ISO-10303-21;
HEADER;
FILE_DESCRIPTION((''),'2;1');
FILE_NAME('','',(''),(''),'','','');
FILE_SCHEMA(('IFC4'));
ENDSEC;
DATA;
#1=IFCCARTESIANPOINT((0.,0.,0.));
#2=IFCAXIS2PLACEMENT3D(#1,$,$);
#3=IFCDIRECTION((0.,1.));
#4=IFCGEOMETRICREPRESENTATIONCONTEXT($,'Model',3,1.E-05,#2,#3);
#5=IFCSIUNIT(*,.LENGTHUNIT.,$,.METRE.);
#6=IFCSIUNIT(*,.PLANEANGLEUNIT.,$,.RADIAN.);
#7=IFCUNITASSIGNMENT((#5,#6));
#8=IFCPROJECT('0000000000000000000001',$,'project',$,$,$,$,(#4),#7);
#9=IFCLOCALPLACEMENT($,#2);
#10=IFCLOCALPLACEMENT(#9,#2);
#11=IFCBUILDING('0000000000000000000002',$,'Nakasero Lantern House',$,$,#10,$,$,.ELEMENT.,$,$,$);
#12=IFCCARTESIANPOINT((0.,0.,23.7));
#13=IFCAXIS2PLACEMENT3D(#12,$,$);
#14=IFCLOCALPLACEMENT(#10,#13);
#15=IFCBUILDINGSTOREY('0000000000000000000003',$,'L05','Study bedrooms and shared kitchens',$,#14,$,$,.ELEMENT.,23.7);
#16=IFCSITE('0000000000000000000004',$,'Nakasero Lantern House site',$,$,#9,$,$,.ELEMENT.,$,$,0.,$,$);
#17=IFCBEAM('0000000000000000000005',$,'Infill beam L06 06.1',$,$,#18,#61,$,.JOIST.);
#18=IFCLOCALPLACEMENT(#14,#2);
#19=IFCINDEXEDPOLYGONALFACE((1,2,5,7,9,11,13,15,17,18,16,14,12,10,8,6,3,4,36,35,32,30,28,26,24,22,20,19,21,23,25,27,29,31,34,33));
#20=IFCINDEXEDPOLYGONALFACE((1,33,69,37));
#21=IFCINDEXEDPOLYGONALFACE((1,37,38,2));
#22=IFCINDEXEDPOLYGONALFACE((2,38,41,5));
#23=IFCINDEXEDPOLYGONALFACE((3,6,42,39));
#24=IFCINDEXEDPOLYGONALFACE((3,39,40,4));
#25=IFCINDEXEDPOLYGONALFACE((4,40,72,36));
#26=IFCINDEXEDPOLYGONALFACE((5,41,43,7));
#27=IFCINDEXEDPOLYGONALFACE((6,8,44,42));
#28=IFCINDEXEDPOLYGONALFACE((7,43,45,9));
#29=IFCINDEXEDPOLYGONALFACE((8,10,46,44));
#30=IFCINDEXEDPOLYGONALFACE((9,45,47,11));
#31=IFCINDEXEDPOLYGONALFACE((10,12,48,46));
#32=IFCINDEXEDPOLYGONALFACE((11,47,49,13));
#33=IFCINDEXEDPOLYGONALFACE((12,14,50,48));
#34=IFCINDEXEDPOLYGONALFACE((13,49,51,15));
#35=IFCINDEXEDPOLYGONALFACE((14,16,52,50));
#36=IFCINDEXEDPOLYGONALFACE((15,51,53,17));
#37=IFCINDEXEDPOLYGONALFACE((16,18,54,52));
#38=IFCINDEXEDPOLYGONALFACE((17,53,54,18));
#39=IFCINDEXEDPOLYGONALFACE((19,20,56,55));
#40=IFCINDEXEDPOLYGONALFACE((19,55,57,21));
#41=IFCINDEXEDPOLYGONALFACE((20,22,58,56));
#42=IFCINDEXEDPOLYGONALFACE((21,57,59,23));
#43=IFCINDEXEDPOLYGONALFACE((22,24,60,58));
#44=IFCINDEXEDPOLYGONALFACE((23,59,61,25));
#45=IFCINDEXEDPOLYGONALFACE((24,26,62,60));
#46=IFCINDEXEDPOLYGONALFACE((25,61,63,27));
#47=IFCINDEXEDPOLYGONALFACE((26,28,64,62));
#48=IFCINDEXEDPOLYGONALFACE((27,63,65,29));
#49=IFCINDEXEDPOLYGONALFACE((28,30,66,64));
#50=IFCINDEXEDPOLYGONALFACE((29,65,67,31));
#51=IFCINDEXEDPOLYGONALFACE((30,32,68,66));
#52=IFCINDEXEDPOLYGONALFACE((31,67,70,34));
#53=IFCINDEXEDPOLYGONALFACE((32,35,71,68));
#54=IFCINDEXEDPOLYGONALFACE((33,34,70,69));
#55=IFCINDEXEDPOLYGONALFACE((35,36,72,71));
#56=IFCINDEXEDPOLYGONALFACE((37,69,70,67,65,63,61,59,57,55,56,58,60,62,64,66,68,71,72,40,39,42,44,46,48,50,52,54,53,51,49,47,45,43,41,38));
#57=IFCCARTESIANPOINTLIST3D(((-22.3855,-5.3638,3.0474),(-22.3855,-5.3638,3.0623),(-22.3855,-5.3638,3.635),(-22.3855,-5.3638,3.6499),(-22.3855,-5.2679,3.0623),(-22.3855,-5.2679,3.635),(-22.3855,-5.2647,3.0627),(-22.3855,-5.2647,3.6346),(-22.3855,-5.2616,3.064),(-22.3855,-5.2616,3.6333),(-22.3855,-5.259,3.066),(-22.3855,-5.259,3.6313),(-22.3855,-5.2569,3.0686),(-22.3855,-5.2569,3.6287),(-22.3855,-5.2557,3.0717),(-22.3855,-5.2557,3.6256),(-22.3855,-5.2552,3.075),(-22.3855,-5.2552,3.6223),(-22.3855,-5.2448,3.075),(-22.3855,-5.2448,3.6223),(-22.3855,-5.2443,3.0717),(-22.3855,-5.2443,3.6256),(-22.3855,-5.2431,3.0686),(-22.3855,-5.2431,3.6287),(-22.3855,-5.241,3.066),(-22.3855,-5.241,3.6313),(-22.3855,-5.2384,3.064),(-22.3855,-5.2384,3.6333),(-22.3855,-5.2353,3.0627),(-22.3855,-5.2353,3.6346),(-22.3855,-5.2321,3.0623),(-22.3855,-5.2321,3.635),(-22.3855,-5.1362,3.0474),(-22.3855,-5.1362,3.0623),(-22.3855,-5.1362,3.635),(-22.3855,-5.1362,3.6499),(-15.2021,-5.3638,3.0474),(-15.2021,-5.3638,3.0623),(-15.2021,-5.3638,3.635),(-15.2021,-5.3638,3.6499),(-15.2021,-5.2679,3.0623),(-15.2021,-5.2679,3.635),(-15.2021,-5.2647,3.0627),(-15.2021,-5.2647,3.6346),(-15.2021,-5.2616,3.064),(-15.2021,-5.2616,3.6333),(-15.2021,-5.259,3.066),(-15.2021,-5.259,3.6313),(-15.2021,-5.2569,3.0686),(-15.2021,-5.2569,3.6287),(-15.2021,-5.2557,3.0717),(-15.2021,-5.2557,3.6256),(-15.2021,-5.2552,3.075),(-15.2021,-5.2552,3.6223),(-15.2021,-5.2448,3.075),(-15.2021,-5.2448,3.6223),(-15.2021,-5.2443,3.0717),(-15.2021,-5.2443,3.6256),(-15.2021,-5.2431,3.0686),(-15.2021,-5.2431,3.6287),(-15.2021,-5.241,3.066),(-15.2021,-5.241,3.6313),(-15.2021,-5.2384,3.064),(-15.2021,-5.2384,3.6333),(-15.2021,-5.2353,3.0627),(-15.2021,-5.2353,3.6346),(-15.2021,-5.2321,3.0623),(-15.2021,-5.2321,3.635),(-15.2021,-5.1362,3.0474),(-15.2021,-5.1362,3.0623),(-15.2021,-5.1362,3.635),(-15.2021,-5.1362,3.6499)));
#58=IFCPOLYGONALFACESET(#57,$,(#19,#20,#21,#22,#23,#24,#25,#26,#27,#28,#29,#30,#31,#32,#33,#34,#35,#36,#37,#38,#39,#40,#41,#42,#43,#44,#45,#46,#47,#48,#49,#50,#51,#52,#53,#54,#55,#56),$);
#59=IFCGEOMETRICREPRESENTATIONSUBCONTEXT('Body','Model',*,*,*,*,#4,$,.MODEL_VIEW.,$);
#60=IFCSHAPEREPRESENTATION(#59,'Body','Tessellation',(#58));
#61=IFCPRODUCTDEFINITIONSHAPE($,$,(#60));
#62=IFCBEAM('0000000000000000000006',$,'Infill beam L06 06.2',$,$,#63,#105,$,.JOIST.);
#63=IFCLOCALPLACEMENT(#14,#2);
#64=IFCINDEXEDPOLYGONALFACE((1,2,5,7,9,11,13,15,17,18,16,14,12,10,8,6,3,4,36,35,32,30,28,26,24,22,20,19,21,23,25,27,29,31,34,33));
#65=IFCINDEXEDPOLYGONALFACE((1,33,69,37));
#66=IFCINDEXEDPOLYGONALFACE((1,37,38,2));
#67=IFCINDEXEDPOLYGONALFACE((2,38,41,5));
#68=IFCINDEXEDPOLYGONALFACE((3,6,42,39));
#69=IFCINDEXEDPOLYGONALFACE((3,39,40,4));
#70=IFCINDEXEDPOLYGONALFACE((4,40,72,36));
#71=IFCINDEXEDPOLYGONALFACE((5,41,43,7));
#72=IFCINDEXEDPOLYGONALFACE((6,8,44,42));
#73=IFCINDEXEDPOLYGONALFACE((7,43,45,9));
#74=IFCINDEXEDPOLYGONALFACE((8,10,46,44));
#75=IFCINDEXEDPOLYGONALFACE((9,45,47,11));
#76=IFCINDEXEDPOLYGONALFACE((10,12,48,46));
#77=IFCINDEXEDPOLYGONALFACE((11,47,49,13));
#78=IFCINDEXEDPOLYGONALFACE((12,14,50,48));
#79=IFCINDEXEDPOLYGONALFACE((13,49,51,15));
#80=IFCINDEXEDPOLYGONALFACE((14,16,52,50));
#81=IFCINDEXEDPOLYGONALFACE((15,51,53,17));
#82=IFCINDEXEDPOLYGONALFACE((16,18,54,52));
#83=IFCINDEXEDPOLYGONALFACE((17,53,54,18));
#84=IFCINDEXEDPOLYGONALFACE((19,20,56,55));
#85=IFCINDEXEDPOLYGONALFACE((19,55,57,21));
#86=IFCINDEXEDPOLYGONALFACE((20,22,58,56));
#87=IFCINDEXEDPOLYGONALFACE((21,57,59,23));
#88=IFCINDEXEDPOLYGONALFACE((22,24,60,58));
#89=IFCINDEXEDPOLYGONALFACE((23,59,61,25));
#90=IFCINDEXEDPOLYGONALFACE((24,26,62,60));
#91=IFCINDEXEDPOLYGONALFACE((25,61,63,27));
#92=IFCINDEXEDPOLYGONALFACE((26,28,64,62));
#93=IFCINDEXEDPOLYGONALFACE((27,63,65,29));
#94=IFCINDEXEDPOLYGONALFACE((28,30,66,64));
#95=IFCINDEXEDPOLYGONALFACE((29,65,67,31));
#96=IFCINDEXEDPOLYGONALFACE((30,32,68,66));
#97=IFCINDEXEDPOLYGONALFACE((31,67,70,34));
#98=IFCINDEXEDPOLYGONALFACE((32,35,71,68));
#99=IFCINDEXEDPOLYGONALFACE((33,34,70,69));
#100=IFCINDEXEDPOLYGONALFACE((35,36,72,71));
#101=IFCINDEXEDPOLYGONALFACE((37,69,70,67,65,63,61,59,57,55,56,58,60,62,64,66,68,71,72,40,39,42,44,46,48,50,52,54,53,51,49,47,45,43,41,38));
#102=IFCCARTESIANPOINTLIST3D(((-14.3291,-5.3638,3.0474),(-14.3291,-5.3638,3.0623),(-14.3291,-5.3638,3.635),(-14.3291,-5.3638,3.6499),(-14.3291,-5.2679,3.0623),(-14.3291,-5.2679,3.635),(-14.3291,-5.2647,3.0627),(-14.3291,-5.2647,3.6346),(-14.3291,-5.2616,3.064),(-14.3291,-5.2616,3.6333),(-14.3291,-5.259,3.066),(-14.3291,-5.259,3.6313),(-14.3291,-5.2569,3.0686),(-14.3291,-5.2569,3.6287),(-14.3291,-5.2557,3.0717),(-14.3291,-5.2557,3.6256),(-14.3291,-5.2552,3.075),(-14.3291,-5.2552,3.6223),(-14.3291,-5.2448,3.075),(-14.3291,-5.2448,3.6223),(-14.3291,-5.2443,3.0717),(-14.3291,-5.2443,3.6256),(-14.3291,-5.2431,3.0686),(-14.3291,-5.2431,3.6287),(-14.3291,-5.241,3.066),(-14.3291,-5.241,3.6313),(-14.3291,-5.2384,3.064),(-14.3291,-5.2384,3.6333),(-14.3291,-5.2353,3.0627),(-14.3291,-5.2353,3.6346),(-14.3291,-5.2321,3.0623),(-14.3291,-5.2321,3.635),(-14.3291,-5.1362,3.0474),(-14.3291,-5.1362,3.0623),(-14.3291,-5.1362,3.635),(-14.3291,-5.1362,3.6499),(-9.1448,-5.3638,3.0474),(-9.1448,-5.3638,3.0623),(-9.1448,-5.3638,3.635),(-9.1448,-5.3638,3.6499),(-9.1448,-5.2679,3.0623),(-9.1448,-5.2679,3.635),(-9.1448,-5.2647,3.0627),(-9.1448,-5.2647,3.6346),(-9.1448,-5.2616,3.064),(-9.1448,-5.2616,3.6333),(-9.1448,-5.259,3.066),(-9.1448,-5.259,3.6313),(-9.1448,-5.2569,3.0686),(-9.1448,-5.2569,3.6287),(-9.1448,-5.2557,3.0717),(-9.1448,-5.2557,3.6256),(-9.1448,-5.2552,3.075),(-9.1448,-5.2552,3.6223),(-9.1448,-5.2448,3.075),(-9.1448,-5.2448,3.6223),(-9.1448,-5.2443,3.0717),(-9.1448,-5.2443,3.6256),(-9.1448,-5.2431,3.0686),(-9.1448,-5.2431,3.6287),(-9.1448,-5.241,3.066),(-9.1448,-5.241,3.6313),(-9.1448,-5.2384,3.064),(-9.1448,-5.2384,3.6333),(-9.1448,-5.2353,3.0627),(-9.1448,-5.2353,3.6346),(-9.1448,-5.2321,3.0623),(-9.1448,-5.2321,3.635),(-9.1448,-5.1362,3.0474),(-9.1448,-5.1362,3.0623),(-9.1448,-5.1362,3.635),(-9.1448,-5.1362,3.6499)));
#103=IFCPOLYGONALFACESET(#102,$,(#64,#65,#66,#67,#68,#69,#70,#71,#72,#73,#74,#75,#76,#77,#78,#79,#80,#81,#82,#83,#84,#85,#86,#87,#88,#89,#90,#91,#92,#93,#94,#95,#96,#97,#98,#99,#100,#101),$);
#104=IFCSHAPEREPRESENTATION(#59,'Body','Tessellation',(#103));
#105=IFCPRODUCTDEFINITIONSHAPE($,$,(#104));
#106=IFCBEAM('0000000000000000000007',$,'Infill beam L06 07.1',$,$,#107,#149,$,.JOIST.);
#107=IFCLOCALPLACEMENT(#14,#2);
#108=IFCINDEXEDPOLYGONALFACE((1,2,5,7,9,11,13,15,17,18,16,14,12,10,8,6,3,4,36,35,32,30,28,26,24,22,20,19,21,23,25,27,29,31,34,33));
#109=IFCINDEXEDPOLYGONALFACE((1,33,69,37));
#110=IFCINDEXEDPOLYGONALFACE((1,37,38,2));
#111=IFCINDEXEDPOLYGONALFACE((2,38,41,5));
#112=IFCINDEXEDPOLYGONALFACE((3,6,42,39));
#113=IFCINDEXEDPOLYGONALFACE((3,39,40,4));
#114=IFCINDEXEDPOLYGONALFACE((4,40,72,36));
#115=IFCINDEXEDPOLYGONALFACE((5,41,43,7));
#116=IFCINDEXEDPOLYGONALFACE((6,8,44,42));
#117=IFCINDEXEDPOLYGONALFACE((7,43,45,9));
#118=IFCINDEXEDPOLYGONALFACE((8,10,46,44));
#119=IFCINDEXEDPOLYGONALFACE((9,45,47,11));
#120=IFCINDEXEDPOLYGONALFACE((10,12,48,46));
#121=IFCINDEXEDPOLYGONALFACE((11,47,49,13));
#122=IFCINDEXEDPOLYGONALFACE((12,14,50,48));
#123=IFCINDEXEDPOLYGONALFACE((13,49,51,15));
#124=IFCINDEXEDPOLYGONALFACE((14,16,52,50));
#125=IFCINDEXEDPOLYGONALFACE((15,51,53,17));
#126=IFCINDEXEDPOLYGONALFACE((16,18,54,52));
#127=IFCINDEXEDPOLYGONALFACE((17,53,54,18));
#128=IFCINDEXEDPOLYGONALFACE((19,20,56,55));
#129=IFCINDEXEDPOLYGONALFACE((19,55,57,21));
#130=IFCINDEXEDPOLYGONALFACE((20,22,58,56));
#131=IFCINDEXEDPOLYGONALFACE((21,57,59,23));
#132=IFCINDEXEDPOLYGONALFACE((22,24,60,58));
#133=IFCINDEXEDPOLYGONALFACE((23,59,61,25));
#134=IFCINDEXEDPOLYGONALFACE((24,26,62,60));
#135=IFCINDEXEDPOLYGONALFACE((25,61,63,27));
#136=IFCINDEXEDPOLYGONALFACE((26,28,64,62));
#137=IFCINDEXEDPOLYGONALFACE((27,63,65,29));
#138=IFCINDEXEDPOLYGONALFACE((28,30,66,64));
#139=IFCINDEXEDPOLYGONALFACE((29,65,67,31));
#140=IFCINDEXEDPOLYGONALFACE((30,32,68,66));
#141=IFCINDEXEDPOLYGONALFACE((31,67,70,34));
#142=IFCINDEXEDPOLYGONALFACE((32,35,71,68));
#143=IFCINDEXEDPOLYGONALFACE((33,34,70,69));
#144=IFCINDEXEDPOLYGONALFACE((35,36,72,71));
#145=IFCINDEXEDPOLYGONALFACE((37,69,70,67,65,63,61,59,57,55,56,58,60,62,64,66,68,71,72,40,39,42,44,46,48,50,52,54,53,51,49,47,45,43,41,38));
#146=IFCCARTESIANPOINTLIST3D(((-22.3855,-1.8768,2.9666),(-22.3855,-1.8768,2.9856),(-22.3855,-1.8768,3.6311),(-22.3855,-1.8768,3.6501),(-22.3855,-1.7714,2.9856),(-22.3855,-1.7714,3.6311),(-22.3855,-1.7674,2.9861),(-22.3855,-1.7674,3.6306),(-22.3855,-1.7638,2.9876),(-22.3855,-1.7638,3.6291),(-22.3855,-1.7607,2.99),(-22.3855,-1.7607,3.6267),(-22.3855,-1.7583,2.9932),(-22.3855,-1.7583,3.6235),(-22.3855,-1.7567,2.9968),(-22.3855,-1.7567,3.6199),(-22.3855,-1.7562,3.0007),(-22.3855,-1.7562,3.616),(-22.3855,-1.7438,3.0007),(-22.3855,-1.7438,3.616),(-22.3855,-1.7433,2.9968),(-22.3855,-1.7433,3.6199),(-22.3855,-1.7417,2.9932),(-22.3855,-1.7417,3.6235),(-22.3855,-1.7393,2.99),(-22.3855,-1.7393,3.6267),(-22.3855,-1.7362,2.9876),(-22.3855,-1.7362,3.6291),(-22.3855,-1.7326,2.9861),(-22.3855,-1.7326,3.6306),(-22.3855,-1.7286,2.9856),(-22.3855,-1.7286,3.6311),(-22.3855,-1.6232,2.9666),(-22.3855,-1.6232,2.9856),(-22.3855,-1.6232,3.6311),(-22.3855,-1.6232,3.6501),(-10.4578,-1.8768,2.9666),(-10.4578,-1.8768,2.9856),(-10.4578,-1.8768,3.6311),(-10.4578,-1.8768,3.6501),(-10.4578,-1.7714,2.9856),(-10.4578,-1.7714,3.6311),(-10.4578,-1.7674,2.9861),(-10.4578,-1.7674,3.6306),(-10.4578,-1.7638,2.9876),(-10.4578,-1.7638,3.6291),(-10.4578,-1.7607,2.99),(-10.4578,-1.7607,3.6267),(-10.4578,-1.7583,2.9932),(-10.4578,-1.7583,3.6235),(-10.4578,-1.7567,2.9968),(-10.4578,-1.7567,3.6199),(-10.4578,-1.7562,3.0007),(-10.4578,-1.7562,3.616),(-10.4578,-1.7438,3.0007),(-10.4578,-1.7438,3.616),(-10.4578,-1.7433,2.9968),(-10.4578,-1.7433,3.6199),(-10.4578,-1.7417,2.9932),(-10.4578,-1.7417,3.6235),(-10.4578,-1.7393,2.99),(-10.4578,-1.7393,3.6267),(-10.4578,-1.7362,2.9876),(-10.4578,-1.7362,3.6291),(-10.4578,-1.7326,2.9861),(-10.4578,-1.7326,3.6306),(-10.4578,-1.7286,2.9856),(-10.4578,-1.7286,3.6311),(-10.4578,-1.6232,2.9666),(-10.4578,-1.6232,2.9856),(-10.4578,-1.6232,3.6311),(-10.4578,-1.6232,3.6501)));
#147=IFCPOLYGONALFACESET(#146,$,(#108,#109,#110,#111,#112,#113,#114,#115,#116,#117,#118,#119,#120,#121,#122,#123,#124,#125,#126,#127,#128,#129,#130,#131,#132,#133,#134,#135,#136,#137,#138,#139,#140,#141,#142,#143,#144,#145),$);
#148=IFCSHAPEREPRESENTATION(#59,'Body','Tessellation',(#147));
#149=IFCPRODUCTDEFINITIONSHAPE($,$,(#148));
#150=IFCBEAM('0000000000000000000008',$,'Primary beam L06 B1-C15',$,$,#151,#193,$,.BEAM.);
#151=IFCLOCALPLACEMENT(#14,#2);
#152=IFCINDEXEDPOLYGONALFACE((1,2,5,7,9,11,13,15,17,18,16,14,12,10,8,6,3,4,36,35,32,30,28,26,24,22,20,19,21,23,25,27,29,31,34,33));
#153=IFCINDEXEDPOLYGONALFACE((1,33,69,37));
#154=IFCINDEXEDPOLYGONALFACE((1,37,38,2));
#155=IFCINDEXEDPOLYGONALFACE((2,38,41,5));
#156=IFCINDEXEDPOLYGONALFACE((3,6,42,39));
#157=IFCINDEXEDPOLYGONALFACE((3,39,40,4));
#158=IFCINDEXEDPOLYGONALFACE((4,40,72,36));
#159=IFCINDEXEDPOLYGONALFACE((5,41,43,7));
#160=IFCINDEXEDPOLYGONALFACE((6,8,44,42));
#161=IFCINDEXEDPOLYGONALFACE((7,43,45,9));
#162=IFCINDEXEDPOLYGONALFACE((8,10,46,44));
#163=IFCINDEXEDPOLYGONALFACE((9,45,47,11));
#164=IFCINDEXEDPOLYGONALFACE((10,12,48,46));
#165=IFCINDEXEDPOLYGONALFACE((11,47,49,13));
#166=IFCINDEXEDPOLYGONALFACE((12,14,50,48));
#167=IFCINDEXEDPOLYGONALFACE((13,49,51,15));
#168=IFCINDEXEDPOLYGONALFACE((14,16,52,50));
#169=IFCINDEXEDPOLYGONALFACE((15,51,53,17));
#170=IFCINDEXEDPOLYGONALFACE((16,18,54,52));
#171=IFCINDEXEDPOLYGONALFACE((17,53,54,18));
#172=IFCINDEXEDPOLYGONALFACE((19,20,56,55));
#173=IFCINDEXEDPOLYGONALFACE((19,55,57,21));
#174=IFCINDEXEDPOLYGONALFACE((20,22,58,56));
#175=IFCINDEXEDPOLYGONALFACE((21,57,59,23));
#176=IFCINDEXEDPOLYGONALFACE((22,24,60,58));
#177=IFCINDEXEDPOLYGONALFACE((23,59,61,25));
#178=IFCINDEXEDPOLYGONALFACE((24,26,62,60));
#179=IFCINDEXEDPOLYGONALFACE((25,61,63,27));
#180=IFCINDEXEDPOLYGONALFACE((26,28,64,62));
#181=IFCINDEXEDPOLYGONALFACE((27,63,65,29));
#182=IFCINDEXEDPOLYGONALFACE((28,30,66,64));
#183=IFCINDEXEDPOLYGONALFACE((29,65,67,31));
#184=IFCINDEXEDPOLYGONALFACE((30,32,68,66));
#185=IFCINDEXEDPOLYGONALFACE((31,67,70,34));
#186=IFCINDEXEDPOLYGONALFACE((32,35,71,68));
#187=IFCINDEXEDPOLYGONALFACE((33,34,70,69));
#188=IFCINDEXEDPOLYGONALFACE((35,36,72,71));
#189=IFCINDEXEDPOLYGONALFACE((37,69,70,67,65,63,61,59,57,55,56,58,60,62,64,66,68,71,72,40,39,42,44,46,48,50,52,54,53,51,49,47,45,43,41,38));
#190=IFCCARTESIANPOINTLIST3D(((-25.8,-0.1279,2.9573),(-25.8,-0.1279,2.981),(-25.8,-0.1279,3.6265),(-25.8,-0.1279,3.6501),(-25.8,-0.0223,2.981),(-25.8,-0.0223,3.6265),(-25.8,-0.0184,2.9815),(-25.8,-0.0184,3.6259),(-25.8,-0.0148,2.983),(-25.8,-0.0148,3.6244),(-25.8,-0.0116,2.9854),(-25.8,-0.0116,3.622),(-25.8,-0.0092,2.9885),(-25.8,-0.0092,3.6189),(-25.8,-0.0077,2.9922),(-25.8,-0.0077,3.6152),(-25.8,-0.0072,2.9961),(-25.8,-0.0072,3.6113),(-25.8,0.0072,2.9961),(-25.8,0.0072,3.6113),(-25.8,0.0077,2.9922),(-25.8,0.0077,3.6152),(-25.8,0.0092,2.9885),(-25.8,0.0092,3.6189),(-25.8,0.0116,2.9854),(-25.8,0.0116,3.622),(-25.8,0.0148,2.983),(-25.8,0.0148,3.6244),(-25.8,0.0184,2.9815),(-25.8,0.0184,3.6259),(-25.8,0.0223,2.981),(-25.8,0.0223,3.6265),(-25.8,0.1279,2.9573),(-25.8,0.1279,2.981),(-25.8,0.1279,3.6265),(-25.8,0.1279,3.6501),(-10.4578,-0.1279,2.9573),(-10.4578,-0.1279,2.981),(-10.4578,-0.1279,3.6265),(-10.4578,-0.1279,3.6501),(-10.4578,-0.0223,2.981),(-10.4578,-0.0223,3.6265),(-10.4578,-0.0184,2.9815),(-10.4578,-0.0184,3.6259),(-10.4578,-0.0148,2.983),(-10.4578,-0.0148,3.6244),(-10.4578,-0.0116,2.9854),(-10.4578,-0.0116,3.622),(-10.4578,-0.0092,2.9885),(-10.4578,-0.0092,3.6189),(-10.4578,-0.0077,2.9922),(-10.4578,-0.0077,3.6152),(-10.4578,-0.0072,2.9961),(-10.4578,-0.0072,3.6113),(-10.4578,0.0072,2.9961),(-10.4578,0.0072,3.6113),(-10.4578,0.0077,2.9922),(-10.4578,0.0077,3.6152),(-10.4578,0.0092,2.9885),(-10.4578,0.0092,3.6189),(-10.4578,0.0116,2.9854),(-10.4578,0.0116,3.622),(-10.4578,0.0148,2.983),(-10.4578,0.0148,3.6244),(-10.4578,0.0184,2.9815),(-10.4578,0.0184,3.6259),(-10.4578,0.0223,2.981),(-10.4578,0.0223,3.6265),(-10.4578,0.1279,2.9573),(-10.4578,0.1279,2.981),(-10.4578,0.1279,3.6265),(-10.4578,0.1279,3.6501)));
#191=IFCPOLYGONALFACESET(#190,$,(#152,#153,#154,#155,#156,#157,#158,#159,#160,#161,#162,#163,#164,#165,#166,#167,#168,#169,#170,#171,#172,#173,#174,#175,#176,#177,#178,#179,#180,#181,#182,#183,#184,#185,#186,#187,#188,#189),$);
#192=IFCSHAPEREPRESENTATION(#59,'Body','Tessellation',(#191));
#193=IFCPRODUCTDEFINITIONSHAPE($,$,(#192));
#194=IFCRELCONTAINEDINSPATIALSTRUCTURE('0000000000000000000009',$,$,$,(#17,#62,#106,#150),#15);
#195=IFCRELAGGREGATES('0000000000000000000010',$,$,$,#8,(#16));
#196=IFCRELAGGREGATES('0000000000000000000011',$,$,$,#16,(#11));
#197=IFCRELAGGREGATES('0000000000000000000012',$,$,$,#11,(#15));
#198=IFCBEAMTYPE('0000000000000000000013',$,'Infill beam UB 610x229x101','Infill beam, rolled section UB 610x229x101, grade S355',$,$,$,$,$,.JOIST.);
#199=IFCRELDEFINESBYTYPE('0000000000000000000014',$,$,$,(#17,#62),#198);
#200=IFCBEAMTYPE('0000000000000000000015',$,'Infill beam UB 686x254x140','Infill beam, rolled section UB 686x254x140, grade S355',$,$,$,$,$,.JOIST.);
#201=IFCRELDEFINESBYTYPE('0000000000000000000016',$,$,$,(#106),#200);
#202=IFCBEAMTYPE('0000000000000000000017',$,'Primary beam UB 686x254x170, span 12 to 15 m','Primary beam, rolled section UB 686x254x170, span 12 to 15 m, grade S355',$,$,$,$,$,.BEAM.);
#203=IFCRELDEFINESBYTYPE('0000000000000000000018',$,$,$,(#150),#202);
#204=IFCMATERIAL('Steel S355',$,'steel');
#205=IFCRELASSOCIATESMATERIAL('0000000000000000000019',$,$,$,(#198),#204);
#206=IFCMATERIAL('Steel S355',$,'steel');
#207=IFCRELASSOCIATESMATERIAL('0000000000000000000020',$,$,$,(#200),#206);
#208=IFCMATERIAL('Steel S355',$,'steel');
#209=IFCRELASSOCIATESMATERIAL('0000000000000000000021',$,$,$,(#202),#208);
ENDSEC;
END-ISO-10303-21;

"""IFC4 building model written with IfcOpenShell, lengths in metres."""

from ifc_helpers import new_model, si_unit, direction, frame, origin, origin_2d, place, context, subcontext, project, spatial, i_section, extrude, material, material_profile, profile_set, type_object, element, save


model = new_model("IFC4")

# Units and contexts
model_context = context("Model", 3, precision=1e-05, world=origin(), true_north=direction((0.0, 1.0)))
body_context = subcontext(model_context, "Body", "Model", "MODEL_VIEW")
ifc_project = project(units=[si_unit("LENGTHUNIT", "METRE"), si_unit("PLANEANGLEUNIT", "RADIAN")], contexts=[model_context])

# Site, building, storey
site_placement = place(None, origin())
site = spatial("IfcSite", under=ifc_project, at=site_placement, Name="Nakasero Lantern House site", CompositionType="ELEMENT", RefElevation=0.0)
building_placement = place(site_placement, origin())
building = spatial("IfcBuilding", under=site, at=building_placement, Name="Nakasero Lantern House", CompositionType="ELEMENT")
storey_placement = place(building_placement, frame((0.0, 0.0, 23.7)))
storey = spatial("IfcBuildingStorey", under=building, at=storey_placement, Name="L05", Description="Study bedrooms and shared kitchens", CompositionType="ELEMENT", Elevation=23.7)

# Beams
ifc_material_1 = material(Name="Steel S355", Category="steel")
ifc_material_profile_1 = material_profile(ifc_material_1, i_section(OverallWidth=0.2275, OverallDepth=0.6025, WebThickness=0.0105, FlangeThickness=0.0149, FilletRadius=0.0127, at=origin_2d()), Name="UB 610x229x101")
ifc_profile_set_1 = profile_set([ifc_material_profile_1], Name="Steel S355")
beam_type_1 = type_object("IfcBeamType", Name="Infill beam UB 610x229x101", Description="Infill beam, rolled section UB 610x229x101, grade S355", PredefinedType="JOIST", material=ifc_profile_set_1)
beam_1_placement = place(storey_placement, frame((-22.3855, -5.25, 3.3486), z_axis=(1.0, 0.0, 0.0), x_axis=(0.0, 1.0, 0.0)))
element("IfcBeam", 1, at=beam_1_placement, inside=storey, type_object=beam_type_1, Name="Infill beam L06 06.1", PredefinedType="JOIST", context=body_context, shape_type="SweptSolid", body=[
    extrude(i_section(OverallWidth=0.2275, OverallDepth=0.6025, WebThickness=0.0105, FlangeThickness=0.0149, FilletRadius=0.0127, at=origin_2d()), origin(), (0.0, 0.0, 1.0), 7.1833),
])
beam_2_placement = place(storey_placement, frame((-14.3291, -5.25, 3.3486), z_axis=(1.0, 0.0, 0.0), x_axis=(0.0, 1.0, 0.0)))
element("IfcBeam", 2, at=beam_2_placement, inside=storey, type_object=beam_type_1, Name="Infill beam L06 06.2", PredefinedType="JOIST", context=body_context, shape_type="SweptSolid", body=[
    extrude(i_section(OverallWidth=0.2275, OverallDepth=0.6025, WebThickness=0.0105, FlangeThickness=0.0149, FilletRadius=0.0127, at=origin_2d()), origin(), (0.0, 0.0, 1.0), 5.1843),
])
ifc_material_2 = material(Name="Steel S355", Category="steel")
ifc_material_profile_2 = material_profile(ifc_material_2, i_section(OverallWidth=0.2537, OverallDepth=0.6836, WebThickness=0.0125, FlangeThickness=0.019, FilletRadius=0.0151, at=origin_2d()), Name="UB 686x254x140")
ifc_profile_set_2 = profile_set([ifc_material_profile_2], Name="Steel S355")
beam_type_2 = type_object("IfcBeamType", Name="Infill beam UB 686x254x140", Description="Infill beam, rolled section UB 686x254x140, grade S355", PredefinedType="JOIST", material=ifc_profile_set_2)
beam_3_placement = place(storey_placement, frame((-22.3855, -1.75, 3.3083), z_axis=(1.0, 0.0, 0.0), x_axis=(0.0, 1.0, 0.0)))
element("IfcBeam", 3, at=beam_3_placement, inside=storey, type_object=beam_type_2, Name="Infill beam L06 07.1", PredefinedType="JOIST", context=body_context, shape_type="SweptSolid", body=[
    extrude(i_section(OverallWidth=0.2537, OverallDepth=0.6836, WebThickness=0.0125, FlangeThickness=0.019, FilletRadius=0.0151, at=origin_2d()), origin(), (0.0, 0.0, 1.0), 11.9277),
])
ifc_material_3 = material(Name="Steel S355", Category="steel")
ifc_material_profile_3 = material_profile(ifc_material_3, i_section(OverallWidth=0.2559, OverallDepth=0.6929, WebThickness=0.0144, FlangeThickness=0.0237, FilletRadius=0.0151, at=origin_2d()), Name="UB 686x254x170")
ifc_profile_set_3 = profile_set([ifc_material_profile_3], Name="Steel S355")
beam_type_3 = type_object("IfcBeamType", Name="Primary beam UB 686x254x170, span 12 to 15 m", Description="Primary beam, rolled section UB 686x254x170, span 12 to 15 m, grade S355", PredefinedType="BEAM", material=ifc_profile_set_3)
beam_4_placement = place(storey_placement, frame((-25.8, 0.0, 3.3037), z_axis=(1.0, 0.0, 0.0), x_axis=(0.0, 1.0, 0.0)))
element("IfcBeam", 4, at=beam_4_placement, inside=storey, type_object=beam_type_3, Name="Primary beam L06 B1-C15", PredefinedType="BEAM", context=body_context, shape_type="SweptSolid", body=[
    extrude(i_section(OverallWidth=0.2559, OverallDepth=0.6929, WebThickness=0.0144, FlangeThickness=0.0237, FilletRadius=0.0151, at=origin_2d()), origin(), (0.0, 0.0, 1.0), 15.3423),
])

save(model, "model.ifc")
